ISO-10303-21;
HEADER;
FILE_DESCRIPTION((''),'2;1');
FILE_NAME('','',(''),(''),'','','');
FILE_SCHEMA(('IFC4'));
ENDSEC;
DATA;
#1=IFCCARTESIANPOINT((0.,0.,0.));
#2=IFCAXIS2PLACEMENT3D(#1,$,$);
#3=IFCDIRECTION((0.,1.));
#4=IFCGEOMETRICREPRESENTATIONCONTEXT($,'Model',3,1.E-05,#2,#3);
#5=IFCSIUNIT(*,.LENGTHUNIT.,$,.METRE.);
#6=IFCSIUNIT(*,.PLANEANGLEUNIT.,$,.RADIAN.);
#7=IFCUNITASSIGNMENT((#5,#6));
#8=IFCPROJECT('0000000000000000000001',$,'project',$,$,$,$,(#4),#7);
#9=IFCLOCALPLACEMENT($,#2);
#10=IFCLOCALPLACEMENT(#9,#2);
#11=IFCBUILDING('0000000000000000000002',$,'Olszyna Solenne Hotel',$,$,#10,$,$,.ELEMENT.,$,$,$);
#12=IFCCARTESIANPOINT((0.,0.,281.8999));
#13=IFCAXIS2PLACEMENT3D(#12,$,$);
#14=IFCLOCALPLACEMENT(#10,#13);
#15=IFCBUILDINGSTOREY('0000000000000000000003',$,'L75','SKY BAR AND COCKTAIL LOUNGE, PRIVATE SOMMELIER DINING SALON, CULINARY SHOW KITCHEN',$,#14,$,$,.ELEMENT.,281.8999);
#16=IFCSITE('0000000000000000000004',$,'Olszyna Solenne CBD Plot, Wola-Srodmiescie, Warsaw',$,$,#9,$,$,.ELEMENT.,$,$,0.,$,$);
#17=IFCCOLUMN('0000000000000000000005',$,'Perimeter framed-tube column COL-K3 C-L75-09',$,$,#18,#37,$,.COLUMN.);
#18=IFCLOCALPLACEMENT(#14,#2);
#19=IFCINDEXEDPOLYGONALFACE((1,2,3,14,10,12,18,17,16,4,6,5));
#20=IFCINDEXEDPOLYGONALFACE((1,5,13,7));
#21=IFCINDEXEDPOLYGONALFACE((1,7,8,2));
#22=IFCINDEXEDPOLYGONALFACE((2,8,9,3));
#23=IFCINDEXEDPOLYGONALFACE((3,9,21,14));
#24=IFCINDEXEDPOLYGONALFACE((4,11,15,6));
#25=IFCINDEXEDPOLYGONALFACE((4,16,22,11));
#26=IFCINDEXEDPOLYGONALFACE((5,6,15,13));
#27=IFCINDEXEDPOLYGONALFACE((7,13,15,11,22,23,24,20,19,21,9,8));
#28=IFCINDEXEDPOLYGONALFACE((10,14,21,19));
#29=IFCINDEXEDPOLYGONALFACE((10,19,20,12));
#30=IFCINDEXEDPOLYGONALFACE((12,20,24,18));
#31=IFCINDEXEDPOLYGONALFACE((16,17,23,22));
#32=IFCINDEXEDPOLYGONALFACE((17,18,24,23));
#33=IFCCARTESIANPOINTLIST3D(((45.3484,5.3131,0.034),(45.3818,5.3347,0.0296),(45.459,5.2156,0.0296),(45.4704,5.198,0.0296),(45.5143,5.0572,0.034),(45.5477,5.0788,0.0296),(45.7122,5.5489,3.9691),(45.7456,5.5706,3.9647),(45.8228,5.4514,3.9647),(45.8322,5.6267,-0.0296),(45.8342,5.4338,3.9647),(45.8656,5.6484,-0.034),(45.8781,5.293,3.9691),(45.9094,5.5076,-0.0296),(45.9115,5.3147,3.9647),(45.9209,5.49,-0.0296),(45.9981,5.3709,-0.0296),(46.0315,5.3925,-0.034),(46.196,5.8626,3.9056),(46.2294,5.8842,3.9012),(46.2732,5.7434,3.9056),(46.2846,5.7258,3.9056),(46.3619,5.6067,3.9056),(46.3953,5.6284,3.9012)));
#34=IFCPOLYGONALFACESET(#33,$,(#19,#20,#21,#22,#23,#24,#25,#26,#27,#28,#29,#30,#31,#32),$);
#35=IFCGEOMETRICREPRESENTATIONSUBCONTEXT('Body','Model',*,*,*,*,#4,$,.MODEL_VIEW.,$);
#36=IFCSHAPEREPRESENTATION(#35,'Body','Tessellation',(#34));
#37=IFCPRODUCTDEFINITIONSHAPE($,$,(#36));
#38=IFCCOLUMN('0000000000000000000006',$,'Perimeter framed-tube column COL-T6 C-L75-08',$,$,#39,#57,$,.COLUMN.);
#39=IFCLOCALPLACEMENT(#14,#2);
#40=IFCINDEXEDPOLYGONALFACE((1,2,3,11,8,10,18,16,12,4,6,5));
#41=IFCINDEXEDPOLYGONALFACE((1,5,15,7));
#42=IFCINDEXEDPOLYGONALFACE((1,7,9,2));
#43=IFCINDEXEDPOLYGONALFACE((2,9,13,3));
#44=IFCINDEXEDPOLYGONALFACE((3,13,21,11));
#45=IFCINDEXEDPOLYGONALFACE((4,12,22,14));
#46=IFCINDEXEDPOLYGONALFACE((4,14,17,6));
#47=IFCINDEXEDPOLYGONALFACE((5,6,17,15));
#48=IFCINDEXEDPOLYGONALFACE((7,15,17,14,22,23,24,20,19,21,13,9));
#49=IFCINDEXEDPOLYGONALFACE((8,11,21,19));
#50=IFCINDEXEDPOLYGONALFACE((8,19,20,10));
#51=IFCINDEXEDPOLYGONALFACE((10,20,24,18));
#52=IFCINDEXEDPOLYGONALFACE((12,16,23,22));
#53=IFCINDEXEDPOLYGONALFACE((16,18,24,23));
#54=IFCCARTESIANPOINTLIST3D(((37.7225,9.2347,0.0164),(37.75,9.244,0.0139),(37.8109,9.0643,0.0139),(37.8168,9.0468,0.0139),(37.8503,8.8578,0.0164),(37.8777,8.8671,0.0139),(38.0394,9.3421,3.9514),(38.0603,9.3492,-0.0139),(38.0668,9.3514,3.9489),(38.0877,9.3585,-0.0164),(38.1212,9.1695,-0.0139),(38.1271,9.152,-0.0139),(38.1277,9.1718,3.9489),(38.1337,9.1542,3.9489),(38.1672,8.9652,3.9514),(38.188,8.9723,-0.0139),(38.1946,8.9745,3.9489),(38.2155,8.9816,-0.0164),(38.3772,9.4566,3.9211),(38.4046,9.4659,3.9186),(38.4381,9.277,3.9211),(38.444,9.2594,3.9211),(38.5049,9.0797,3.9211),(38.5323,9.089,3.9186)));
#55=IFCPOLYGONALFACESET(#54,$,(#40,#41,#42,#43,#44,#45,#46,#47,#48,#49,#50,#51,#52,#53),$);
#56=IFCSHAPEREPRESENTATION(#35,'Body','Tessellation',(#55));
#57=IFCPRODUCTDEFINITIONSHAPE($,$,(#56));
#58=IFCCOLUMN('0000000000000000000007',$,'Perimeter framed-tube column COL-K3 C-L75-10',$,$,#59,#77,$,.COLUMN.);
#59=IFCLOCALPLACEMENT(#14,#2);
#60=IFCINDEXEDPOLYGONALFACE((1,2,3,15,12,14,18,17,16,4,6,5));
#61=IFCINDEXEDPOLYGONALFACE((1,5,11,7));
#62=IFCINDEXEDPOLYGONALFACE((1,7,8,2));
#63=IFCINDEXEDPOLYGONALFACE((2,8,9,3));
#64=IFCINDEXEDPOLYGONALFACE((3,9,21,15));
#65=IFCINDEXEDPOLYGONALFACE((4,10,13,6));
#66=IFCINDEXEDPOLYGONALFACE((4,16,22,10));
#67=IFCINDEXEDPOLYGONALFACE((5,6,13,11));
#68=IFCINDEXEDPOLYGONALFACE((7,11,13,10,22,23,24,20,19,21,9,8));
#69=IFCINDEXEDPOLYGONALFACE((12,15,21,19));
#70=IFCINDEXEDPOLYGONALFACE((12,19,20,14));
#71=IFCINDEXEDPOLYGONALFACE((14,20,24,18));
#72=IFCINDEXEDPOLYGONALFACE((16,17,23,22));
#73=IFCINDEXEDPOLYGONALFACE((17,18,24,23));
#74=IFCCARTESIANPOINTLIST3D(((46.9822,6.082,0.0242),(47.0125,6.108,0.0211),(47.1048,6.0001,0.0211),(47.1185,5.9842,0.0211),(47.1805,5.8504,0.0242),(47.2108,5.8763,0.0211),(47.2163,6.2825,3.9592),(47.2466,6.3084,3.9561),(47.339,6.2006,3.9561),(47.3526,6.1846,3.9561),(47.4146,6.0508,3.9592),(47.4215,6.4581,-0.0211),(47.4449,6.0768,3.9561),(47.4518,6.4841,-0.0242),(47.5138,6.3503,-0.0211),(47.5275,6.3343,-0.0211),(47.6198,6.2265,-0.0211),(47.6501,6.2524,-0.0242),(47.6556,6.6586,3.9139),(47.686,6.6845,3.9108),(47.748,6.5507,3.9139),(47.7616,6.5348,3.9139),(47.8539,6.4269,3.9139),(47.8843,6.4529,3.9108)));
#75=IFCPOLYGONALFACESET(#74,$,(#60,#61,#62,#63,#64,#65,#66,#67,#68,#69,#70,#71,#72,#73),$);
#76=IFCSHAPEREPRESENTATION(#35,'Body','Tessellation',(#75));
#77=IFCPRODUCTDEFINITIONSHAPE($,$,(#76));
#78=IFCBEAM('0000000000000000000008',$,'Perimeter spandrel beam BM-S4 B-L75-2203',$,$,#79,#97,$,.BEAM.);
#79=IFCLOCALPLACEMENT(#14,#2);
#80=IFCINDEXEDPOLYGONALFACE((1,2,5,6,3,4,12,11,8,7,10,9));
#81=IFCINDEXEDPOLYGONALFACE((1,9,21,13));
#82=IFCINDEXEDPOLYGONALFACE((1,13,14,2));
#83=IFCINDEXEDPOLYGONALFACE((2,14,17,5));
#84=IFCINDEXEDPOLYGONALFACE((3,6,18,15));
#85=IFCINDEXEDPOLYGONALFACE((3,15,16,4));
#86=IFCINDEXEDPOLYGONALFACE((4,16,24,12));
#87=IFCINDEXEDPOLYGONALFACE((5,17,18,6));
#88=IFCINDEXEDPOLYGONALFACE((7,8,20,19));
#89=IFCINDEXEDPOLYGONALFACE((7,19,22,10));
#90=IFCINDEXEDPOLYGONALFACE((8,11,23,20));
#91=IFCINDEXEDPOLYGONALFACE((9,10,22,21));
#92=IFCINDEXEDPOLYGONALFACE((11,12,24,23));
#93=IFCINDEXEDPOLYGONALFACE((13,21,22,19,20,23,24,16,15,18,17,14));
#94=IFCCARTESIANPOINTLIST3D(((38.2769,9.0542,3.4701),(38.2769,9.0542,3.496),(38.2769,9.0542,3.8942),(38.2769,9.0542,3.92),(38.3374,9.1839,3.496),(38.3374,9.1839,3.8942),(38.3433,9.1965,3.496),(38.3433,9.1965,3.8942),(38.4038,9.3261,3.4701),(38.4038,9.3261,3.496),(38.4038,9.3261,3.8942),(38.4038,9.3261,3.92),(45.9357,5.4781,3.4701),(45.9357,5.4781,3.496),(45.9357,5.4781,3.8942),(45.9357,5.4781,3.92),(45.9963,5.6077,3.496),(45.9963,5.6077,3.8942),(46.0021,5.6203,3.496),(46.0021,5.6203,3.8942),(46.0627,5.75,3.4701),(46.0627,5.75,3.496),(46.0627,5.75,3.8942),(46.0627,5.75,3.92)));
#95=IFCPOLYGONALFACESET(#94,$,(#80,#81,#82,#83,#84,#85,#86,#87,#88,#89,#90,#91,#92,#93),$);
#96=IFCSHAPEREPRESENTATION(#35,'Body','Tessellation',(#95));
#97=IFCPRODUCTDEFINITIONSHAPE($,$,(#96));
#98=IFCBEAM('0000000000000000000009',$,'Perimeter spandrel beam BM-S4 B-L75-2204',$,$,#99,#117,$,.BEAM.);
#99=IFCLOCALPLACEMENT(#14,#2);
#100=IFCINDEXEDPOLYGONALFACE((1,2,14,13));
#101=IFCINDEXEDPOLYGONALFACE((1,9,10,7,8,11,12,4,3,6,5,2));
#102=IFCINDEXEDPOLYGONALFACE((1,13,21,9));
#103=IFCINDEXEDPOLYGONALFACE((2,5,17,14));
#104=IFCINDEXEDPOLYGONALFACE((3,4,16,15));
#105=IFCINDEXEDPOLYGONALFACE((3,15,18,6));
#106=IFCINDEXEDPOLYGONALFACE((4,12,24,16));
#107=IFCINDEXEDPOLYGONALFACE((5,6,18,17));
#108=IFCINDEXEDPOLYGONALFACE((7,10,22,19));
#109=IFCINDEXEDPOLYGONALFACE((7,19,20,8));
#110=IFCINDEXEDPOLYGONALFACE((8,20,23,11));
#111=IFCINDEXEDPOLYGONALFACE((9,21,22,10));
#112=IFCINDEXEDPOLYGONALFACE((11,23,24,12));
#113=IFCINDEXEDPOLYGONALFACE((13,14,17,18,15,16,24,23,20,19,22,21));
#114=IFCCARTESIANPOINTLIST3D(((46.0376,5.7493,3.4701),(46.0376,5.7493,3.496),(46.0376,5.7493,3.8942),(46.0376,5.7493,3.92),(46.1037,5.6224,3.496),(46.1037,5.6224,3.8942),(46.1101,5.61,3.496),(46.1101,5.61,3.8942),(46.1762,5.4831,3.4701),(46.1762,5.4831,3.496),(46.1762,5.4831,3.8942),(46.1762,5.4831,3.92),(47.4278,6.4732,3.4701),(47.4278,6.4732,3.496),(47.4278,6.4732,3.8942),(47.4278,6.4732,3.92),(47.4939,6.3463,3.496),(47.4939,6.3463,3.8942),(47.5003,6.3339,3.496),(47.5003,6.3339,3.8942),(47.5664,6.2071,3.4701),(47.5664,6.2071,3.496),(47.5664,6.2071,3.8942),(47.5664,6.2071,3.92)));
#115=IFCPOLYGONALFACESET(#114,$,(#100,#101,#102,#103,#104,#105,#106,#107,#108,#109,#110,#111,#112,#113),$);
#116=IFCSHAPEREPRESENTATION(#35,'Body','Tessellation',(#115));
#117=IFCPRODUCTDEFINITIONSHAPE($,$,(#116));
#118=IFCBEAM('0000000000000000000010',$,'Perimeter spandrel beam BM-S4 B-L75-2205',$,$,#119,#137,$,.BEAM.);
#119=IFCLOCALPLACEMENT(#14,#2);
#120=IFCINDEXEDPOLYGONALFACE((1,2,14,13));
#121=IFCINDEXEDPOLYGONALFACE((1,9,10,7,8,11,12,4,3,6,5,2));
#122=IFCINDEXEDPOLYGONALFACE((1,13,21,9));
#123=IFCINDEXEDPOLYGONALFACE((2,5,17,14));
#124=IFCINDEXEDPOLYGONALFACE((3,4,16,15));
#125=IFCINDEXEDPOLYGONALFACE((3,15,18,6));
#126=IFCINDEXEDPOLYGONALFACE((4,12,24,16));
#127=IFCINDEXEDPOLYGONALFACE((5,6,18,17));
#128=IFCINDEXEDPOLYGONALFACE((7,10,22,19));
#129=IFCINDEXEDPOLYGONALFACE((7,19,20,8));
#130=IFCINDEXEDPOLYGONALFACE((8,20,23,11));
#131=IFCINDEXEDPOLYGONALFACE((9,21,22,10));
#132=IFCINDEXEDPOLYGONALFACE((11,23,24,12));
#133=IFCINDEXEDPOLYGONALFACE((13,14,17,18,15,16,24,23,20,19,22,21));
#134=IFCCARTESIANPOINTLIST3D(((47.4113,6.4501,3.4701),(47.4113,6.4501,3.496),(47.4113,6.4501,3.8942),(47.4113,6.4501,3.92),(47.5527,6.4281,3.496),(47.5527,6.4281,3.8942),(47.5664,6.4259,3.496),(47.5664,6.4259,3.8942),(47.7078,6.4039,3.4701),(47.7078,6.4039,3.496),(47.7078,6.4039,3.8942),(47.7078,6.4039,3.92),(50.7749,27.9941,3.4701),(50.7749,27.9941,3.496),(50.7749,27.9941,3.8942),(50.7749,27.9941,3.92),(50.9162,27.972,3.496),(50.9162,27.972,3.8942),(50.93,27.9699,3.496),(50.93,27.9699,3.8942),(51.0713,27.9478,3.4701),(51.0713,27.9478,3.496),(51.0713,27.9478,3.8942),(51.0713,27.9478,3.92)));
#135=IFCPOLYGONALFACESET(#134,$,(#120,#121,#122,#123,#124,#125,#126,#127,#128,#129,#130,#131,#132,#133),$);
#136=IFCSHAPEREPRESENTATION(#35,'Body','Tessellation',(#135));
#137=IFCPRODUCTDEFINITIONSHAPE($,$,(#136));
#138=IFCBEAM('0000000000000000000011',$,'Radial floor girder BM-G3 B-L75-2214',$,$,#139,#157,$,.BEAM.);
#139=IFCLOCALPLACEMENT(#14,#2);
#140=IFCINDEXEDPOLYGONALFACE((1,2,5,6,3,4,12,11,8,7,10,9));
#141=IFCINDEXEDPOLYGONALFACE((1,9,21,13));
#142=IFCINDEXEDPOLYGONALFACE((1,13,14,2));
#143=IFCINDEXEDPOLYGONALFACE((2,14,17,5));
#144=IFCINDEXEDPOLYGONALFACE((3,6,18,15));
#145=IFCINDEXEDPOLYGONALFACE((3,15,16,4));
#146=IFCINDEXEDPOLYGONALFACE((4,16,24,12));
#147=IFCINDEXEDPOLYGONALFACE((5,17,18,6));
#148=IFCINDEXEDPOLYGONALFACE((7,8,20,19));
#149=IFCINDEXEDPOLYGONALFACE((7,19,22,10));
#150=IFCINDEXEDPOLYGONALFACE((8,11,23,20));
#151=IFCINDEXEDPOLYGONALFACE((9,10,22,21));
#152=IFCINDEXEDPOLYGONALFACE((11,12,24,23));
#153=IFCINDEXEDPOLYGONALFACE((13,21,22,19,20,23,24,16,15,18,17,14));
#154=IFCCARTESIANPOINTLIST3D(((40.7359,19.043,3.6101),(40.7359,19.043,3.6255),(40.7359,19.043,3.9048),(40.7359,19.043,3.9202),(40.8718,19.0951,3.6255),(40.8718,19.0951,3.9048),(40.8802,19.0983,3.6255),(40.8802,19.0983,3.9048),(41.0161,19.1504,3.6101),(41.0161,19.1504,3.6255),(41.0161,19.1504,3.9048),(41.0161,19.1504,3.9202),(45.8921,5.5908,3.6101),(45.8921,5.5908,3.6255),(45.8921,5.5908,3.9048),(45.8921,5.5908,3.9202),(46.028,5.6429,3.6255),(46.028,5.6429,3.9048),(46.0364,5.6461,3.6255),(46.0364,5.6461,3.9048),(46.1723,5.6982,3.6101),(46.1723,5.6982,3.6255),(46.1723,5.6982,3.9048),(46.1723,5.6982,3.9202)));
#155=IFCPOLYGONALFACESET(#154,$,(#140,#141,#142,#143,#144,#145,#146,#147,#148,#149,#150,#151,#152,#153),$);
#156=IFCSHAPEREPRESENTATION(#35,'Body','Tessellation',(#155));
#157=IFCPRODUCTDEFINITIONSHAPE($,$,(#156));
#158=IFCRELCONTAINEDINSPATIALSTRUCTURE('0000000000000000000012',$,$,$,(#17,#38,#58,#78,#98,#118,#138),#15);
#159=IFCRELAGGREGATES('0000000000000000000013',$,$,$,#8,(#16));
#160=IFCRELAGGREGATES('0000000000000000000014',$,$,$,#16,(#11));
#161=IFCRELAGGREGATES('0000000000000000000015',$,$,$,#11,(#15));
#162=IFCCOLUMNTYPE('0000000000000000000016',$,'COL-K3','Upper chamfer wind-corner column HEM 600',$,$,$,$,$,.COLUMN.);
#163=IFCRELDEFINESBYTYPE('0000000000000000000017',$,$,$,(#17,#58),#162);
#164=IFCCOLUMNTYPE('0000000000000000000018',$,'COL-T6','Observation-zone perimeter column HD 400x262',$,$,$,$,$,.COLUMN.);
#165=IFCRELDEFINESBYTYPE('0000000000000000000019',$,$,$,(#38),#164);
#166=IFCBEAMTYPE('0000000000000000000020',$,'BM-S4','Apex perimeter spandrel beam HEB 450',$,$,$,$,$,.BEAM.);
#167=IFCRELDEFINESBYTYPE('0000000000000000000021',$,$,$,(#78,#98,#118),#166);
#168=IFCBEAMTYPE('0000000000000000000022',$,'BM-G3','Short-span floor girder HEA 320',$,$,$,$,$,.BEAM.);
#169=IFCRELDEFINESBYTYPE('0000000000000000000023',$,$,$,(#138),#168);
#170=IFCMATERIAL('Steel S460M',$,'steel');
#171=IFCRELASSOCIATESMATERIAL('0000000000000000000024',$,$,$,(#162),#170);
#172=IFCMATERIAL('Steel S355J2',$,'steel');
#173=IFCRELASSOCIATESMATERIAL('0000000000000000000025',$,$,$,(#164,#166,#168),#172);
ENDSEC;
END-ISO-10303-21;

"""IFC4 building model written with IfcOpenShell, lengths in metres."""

from ifc_helpers import new_model, si_unit, direction, frame, origin, origin_2d, place, context, subcontext, project, spatial, i_section, extrude, source, transform, mapped, material, material_profile, profile_set, type_object, element, save


model = new_model("IFC4")

# Units and contexts
model_context = context("Model", 3, precision=1e-05, world=origin(), true_north=direction((0.0, 1.0)))
body_context = subcontext(model_context, "Body", "Model", "MODEL_VIEW")
ifc_project = project(units=[si_unit("LENGTHUNIT", "METRE"), si_unit("PLANEANGLEUNIT", "RADIAN")], contexts=[model_context])

# Site, building, storey
site_placement = place(None, origin())
site = spatial("IfcSite", under=ifc_project, at=site_placement, Name="Olszyna Solenne CBD Plot, Wola-Srodmiescie, Warsaw", CompositionType="ELEMENT", RefElevation=0.0)
building_placement = place(site_placement, origin())
building = spatial("IfcBuilding", under=site, at=building_placement, Name="Olszyna Solenne Hotel", CompositionType="ELEMENT")
storey_placement = place(building_placement, frame((0.0, 0.0, 281.8999)))
storey = spatial("IfcBuildingStorey", under=building, at=storey_placement, Name="L75", Description="SKY BAR AND COCKTAIL LOUNGE, PRIVATE SOMMELIER DINING SALON, CULINARY SHOW KITCHEN", CompositionType="ELEMENT", Elevation=281.8999)

# Columns
ifc_material_1 = material(Name="Steel S460M", Category="steel")
ifc_material_profile_1 = material_profile(ifc_material_1, i_section(OverallWidth=0.3049, OverallDepth=0.6201, WebThickness=0.021, FlangeThickness=0.04, at=origin_2d()), Name="HEM 600", Category="load-bearing")
ifc_profile_set_1 = profile_set([ifc_material_profile_1], Name="Steel S460M")
column_type_1 = type_object("IfcColumnType", Name="COL-K3", Description="Upper chamfer wind-corner column HEM 600", PredefinedType="COLUMN", material=ifc_profile_set_1)
shared_shape_1 = source(origin(), body_context, "Body", "SweptSolid", [
    extrude(i_section(OverallWidth=0.3049, OverallDepth=0.6201, WebThickness=0.021, FlangeThickness=0.04, at=origin_2d()), origin(), (0.0, 0.0, 1.0), 3.959),
])
column_1_placement = place(storey_placement, frame((45.6899, 5.3528, 0.0), z_axis=(0.091887, 0.059573, 0.993986), x_axis=(-0.543998, 0.839086, 0.0)))
element("IfcColumn", 1, at=column_1_placement, inside=storey, type_object=column_type_1, Name="Perimeter framed-tube column COL-K3 C-L75-09", PredefinedType="COLUMN", context=body_context, shape_type="MappedRepresentation", body=[
    mapped(shared_shape_1, transform((0.0, 0.0, 0.0), x_axis=(1.0, 0.0, 0.0), y_axis=(0.0, 1.0, 0.0), z_axis=(0.0, 0.0, 1.0), scale=1.0)),
])
ifc_material_2 = material(Name="Steel S355J2", Category="steel")
ifc_material_profile_2 = material_profile(ifc_material_2, i_section(OverallWidth=0.3979, OverallDepth=0.387, WebThickness=0.0186, FlangeThickness=0.0291, at=origin_2d()), Name="HD 400x262", Category="load-bearing")
ifc_profile_set_2 = profile_set([ifc_material_profile_2], Name="Steel S355J2")
column_type_2 = type_object("IfcColumnType", Name="COL-T6", Description="Observation-zone perimeter column HD 400x262", PredefinedType="COLUMN", material=ifc_profile_set_2)
shared_shape_2 = source(origin(), body_context, "Body", "SweptSolid", [
    extrude(i_section(OverallWidth=0.3979, OverallDepth=0.387, WebThickness=0.0186, FlangeThickness=0.0291, at=origin_2d()), origin(), (0.0, 0.0, 1.0), 3.9492),
])
column_2_placement = place(storey_placement, frame((37.969, 9.1082, 0.0), z_axis=(0.080242, 0.027201, 0.996404), x_axis=(-0.321039, 0.947066, 0.0)))
element("IfcColumn", 2, at=column_2_placement, inside=storey, type_object=column_type_2, Name="Perimeter framed-tube column COL-T6 C-L75-08", PredefinedType="COLUMN", context=body_context, shape_type="MappedRepresentation", body=[
    mapped(shared_shape_2, transform((0.0, 0.0, 0.0), x_axis=(1.0, 0.0, 0.0), y_axis=(0.0, 1.0, 0.0), z_axis=(0.0, 0.0, 1.0), scale=1.0)),
])
shared_shape_3 = source(origin(), body_context, "Body", "SweptSolid", [
    extrude(i_section(OverallWidth=0.3049, OverallDepth=0.6201, WebThickness=0.021, FlangeThickness=0.04, at=origin_2d()), origin(), (0.0, 0.0, 1.0), 3.947),
])
column_3_placement = place(storey_placement, frame((47.3162, 6.1672, 0.0), z_axis=(0.059317, 0.050781, 0.996947), x_axis=(-0.650335, 0.759648, 0.0)))
element("IfcColumn", 3, at=column_3_placement, inside=storey, type_object=column_type_1, Name="Perimeter framed-tube column COL-K3 C-L75-10", PredefinedType="COLUMN", context=body_context, shape_type="MappedRepresentation", body=[
    mapped(shared_shape_3, transform((0.0, 0.0, 0.0), x_axis=(1.0, 0.0, 0.0), y_axis=(0.0, 1.0, 0.0), z_axis=(0.0, 0.0, 1.0), scale=1.0)),
])

# Beams
ifc_material_profile_3 = material_profile(ifc_material_2, i_section(OverallWidth=0.3, OverallDepth=0.45, WebThickness=0.0139, FlangeThickness=0.0259, at=origin_2d()), Name="HEB 450", Category="load-bearing")
ifc_profile_set_3 = profile_set([ifc_material_profile_3], Name="Steel S355J2")
beam_type_1 = type_object("IfcBeamType", Name="BM-S4", Description="Apex perimeter spandrel beam HEB 450", PredefinedType="BEAM", material=ifc_profile_set_3)
shared_shape_4 = source(origin(), body_context, "Body", "SweptSolid", [
    extrude(i_section(OverallWidth=0.3, OverallDepth=0.45, WebThickness=0.0139, FlangeThickness=0.0259, at=origin_2d()), origin(), (0.0, 0.0, 1.0), 8.4526),
])
beam_1_placement = place(storey_placement, frame((38.3403, 9.1902, 3.6951), z_axis=(0.906092, -0.42308, 0.0), x_axis=(0.42308, 0.906092, 0.0)))
element("IfcBeam", 4, at=beam_1_placement, inside=storey, type_object=beam_type_1, Name="Perimeter spandrel beam BM-S4 B-L75-2203", PredefinedType="BEAM", context=body_context, shape_type="MappedRepresentation", body=[
    mapped(shared_shape_4, transform((0.0, 0.0, 0.0), x_axis=(1.0, 0.0, 0.0), y_axis=(0.0, 1.0, 0.0), z_axis=(0.0, 0.0, 1.0), scale=1.0)),
])
shared_shape_5 = source(origin(), body_context, "Body", "SweptSolid", [
    extrude(i_section(OverallWidth=0.3, OverallDepth=0.45, WebThickness=0.0139, FlangeThickness=0.0259, at=origin_2d()), origin(), (0.0, 0.0, 1.0), 1.5674),
])
beam_2_placement = place(storey_placement, frame((46.1069, 5.6162, 3.6951), z_axis=(0.886954, 0.461858, 0.0), x_axis=(-0.461858, 0.886954, 0.0)))
element("IfcBeam", 5, at=beam_2_placement, inside=storey, type_object=beam_type_1, Name="Perimeter spandrel beam BM-S4 B-L75-2204", PredefinedType="BEAM", context=body_context, shape_type="MappedRepresentation", body=[
    mapped(shared_shape_5, transform((0.0, 0.0, 0.0), x_axis=(1.0, 0.0, 0.0), y_axis=(0.0, 1.0, 0.0), z_axis=(0.0, 0.0, 1.0), scale=1.0)),
])
shared_shape_6 = source(origin(), body_context, "Body", "SweptSolid", [
    extrude(i_section(OverallWidth=0.3, OverallDepth=0.45, WebThickness=0.0139, FlangeThickness=0.0259, at=origin_2d()), origin(), (0.0, 0.0, 1.0), 21.8049),
])
beam_3_placement = place(storey_placement, frame((47.5596, 6.427, 3.6951), z_axis=(0.154255, 0.988031, 0.0), x_axis=(-0.988031, 0.154255, 0.0)))
element("IfcBeam", 6, at=beam_3_placement, inside=storey, type_object=beam_type_1, Name="Perimeter spandrel beam BM-S4 B-L75-2205", PredefinedType="BEAM", context=body_context, shape_type="MappedRepresentation", body=[
    mapped(shared_shape_6, transform((0.0, 0.0, 0.0), x_axis=(1.0, 0.0, 0.0), y_axis=(0.0, 1.0, 0.0), z_axis=(0.0, 0.0, 1.0), scale=1.0)),
])
ifc_material_profile_4 = material_profile(ifc_material_2, i_section(OverallWidth=0.3, OverallDepth=0.3101, WebThickness=0.009, FlangeThickness=0.0154, at=origin_2d()), Name="HEA 320", Category="load-bearing")
ifc_profile_set_4 = profile_set([ifc_material_profile_4], Name="Steel S355J2")
beam_type_2 = type_object("IfcBeamType", Name="BM-G3", Description="Short-span floor girder HEA 320", PredefinedType="BEAM", material=ifc_profile_set_4)
shared_shape_7 = source(origin(), body_context, "Body", "SweptSolid", [
    extrude(i_section(OverallWidth=0.3, OverallDepth=0.3101, WebThickness=0.009, FlangeThickness=0.0154, at=origin_2d()), origin(), (0.0, 0.0, 1.0), 14.4065),
])
beam_4_placement = place(storey_placement, frame((46.0322, 5.6445, 3.7651), z_axis=(-0.357911, 0.933756, 0.0), x_axis=(-0.933756, -0.357911, 0.0)))
element("IfcBeam", 7, at=beam_4_placement, inside=storey, type_object=beam_type_2, Name="Radial floor girder BM-G3 B-L75-2214", PredefinedType="BEAM", context=body_context, shape_type="MappedRepresentation", body=[
    mapped(shared_shape_7, transform((0.0, 0.0, 0.0), x_axis=(1.0, 0.0, 0.0), y_axis=(0.0, 1.0, 0.0), z_axis=(0.0, 0.0, 1.0), scale=1.0)),
])

save(model, "model.ifc")
